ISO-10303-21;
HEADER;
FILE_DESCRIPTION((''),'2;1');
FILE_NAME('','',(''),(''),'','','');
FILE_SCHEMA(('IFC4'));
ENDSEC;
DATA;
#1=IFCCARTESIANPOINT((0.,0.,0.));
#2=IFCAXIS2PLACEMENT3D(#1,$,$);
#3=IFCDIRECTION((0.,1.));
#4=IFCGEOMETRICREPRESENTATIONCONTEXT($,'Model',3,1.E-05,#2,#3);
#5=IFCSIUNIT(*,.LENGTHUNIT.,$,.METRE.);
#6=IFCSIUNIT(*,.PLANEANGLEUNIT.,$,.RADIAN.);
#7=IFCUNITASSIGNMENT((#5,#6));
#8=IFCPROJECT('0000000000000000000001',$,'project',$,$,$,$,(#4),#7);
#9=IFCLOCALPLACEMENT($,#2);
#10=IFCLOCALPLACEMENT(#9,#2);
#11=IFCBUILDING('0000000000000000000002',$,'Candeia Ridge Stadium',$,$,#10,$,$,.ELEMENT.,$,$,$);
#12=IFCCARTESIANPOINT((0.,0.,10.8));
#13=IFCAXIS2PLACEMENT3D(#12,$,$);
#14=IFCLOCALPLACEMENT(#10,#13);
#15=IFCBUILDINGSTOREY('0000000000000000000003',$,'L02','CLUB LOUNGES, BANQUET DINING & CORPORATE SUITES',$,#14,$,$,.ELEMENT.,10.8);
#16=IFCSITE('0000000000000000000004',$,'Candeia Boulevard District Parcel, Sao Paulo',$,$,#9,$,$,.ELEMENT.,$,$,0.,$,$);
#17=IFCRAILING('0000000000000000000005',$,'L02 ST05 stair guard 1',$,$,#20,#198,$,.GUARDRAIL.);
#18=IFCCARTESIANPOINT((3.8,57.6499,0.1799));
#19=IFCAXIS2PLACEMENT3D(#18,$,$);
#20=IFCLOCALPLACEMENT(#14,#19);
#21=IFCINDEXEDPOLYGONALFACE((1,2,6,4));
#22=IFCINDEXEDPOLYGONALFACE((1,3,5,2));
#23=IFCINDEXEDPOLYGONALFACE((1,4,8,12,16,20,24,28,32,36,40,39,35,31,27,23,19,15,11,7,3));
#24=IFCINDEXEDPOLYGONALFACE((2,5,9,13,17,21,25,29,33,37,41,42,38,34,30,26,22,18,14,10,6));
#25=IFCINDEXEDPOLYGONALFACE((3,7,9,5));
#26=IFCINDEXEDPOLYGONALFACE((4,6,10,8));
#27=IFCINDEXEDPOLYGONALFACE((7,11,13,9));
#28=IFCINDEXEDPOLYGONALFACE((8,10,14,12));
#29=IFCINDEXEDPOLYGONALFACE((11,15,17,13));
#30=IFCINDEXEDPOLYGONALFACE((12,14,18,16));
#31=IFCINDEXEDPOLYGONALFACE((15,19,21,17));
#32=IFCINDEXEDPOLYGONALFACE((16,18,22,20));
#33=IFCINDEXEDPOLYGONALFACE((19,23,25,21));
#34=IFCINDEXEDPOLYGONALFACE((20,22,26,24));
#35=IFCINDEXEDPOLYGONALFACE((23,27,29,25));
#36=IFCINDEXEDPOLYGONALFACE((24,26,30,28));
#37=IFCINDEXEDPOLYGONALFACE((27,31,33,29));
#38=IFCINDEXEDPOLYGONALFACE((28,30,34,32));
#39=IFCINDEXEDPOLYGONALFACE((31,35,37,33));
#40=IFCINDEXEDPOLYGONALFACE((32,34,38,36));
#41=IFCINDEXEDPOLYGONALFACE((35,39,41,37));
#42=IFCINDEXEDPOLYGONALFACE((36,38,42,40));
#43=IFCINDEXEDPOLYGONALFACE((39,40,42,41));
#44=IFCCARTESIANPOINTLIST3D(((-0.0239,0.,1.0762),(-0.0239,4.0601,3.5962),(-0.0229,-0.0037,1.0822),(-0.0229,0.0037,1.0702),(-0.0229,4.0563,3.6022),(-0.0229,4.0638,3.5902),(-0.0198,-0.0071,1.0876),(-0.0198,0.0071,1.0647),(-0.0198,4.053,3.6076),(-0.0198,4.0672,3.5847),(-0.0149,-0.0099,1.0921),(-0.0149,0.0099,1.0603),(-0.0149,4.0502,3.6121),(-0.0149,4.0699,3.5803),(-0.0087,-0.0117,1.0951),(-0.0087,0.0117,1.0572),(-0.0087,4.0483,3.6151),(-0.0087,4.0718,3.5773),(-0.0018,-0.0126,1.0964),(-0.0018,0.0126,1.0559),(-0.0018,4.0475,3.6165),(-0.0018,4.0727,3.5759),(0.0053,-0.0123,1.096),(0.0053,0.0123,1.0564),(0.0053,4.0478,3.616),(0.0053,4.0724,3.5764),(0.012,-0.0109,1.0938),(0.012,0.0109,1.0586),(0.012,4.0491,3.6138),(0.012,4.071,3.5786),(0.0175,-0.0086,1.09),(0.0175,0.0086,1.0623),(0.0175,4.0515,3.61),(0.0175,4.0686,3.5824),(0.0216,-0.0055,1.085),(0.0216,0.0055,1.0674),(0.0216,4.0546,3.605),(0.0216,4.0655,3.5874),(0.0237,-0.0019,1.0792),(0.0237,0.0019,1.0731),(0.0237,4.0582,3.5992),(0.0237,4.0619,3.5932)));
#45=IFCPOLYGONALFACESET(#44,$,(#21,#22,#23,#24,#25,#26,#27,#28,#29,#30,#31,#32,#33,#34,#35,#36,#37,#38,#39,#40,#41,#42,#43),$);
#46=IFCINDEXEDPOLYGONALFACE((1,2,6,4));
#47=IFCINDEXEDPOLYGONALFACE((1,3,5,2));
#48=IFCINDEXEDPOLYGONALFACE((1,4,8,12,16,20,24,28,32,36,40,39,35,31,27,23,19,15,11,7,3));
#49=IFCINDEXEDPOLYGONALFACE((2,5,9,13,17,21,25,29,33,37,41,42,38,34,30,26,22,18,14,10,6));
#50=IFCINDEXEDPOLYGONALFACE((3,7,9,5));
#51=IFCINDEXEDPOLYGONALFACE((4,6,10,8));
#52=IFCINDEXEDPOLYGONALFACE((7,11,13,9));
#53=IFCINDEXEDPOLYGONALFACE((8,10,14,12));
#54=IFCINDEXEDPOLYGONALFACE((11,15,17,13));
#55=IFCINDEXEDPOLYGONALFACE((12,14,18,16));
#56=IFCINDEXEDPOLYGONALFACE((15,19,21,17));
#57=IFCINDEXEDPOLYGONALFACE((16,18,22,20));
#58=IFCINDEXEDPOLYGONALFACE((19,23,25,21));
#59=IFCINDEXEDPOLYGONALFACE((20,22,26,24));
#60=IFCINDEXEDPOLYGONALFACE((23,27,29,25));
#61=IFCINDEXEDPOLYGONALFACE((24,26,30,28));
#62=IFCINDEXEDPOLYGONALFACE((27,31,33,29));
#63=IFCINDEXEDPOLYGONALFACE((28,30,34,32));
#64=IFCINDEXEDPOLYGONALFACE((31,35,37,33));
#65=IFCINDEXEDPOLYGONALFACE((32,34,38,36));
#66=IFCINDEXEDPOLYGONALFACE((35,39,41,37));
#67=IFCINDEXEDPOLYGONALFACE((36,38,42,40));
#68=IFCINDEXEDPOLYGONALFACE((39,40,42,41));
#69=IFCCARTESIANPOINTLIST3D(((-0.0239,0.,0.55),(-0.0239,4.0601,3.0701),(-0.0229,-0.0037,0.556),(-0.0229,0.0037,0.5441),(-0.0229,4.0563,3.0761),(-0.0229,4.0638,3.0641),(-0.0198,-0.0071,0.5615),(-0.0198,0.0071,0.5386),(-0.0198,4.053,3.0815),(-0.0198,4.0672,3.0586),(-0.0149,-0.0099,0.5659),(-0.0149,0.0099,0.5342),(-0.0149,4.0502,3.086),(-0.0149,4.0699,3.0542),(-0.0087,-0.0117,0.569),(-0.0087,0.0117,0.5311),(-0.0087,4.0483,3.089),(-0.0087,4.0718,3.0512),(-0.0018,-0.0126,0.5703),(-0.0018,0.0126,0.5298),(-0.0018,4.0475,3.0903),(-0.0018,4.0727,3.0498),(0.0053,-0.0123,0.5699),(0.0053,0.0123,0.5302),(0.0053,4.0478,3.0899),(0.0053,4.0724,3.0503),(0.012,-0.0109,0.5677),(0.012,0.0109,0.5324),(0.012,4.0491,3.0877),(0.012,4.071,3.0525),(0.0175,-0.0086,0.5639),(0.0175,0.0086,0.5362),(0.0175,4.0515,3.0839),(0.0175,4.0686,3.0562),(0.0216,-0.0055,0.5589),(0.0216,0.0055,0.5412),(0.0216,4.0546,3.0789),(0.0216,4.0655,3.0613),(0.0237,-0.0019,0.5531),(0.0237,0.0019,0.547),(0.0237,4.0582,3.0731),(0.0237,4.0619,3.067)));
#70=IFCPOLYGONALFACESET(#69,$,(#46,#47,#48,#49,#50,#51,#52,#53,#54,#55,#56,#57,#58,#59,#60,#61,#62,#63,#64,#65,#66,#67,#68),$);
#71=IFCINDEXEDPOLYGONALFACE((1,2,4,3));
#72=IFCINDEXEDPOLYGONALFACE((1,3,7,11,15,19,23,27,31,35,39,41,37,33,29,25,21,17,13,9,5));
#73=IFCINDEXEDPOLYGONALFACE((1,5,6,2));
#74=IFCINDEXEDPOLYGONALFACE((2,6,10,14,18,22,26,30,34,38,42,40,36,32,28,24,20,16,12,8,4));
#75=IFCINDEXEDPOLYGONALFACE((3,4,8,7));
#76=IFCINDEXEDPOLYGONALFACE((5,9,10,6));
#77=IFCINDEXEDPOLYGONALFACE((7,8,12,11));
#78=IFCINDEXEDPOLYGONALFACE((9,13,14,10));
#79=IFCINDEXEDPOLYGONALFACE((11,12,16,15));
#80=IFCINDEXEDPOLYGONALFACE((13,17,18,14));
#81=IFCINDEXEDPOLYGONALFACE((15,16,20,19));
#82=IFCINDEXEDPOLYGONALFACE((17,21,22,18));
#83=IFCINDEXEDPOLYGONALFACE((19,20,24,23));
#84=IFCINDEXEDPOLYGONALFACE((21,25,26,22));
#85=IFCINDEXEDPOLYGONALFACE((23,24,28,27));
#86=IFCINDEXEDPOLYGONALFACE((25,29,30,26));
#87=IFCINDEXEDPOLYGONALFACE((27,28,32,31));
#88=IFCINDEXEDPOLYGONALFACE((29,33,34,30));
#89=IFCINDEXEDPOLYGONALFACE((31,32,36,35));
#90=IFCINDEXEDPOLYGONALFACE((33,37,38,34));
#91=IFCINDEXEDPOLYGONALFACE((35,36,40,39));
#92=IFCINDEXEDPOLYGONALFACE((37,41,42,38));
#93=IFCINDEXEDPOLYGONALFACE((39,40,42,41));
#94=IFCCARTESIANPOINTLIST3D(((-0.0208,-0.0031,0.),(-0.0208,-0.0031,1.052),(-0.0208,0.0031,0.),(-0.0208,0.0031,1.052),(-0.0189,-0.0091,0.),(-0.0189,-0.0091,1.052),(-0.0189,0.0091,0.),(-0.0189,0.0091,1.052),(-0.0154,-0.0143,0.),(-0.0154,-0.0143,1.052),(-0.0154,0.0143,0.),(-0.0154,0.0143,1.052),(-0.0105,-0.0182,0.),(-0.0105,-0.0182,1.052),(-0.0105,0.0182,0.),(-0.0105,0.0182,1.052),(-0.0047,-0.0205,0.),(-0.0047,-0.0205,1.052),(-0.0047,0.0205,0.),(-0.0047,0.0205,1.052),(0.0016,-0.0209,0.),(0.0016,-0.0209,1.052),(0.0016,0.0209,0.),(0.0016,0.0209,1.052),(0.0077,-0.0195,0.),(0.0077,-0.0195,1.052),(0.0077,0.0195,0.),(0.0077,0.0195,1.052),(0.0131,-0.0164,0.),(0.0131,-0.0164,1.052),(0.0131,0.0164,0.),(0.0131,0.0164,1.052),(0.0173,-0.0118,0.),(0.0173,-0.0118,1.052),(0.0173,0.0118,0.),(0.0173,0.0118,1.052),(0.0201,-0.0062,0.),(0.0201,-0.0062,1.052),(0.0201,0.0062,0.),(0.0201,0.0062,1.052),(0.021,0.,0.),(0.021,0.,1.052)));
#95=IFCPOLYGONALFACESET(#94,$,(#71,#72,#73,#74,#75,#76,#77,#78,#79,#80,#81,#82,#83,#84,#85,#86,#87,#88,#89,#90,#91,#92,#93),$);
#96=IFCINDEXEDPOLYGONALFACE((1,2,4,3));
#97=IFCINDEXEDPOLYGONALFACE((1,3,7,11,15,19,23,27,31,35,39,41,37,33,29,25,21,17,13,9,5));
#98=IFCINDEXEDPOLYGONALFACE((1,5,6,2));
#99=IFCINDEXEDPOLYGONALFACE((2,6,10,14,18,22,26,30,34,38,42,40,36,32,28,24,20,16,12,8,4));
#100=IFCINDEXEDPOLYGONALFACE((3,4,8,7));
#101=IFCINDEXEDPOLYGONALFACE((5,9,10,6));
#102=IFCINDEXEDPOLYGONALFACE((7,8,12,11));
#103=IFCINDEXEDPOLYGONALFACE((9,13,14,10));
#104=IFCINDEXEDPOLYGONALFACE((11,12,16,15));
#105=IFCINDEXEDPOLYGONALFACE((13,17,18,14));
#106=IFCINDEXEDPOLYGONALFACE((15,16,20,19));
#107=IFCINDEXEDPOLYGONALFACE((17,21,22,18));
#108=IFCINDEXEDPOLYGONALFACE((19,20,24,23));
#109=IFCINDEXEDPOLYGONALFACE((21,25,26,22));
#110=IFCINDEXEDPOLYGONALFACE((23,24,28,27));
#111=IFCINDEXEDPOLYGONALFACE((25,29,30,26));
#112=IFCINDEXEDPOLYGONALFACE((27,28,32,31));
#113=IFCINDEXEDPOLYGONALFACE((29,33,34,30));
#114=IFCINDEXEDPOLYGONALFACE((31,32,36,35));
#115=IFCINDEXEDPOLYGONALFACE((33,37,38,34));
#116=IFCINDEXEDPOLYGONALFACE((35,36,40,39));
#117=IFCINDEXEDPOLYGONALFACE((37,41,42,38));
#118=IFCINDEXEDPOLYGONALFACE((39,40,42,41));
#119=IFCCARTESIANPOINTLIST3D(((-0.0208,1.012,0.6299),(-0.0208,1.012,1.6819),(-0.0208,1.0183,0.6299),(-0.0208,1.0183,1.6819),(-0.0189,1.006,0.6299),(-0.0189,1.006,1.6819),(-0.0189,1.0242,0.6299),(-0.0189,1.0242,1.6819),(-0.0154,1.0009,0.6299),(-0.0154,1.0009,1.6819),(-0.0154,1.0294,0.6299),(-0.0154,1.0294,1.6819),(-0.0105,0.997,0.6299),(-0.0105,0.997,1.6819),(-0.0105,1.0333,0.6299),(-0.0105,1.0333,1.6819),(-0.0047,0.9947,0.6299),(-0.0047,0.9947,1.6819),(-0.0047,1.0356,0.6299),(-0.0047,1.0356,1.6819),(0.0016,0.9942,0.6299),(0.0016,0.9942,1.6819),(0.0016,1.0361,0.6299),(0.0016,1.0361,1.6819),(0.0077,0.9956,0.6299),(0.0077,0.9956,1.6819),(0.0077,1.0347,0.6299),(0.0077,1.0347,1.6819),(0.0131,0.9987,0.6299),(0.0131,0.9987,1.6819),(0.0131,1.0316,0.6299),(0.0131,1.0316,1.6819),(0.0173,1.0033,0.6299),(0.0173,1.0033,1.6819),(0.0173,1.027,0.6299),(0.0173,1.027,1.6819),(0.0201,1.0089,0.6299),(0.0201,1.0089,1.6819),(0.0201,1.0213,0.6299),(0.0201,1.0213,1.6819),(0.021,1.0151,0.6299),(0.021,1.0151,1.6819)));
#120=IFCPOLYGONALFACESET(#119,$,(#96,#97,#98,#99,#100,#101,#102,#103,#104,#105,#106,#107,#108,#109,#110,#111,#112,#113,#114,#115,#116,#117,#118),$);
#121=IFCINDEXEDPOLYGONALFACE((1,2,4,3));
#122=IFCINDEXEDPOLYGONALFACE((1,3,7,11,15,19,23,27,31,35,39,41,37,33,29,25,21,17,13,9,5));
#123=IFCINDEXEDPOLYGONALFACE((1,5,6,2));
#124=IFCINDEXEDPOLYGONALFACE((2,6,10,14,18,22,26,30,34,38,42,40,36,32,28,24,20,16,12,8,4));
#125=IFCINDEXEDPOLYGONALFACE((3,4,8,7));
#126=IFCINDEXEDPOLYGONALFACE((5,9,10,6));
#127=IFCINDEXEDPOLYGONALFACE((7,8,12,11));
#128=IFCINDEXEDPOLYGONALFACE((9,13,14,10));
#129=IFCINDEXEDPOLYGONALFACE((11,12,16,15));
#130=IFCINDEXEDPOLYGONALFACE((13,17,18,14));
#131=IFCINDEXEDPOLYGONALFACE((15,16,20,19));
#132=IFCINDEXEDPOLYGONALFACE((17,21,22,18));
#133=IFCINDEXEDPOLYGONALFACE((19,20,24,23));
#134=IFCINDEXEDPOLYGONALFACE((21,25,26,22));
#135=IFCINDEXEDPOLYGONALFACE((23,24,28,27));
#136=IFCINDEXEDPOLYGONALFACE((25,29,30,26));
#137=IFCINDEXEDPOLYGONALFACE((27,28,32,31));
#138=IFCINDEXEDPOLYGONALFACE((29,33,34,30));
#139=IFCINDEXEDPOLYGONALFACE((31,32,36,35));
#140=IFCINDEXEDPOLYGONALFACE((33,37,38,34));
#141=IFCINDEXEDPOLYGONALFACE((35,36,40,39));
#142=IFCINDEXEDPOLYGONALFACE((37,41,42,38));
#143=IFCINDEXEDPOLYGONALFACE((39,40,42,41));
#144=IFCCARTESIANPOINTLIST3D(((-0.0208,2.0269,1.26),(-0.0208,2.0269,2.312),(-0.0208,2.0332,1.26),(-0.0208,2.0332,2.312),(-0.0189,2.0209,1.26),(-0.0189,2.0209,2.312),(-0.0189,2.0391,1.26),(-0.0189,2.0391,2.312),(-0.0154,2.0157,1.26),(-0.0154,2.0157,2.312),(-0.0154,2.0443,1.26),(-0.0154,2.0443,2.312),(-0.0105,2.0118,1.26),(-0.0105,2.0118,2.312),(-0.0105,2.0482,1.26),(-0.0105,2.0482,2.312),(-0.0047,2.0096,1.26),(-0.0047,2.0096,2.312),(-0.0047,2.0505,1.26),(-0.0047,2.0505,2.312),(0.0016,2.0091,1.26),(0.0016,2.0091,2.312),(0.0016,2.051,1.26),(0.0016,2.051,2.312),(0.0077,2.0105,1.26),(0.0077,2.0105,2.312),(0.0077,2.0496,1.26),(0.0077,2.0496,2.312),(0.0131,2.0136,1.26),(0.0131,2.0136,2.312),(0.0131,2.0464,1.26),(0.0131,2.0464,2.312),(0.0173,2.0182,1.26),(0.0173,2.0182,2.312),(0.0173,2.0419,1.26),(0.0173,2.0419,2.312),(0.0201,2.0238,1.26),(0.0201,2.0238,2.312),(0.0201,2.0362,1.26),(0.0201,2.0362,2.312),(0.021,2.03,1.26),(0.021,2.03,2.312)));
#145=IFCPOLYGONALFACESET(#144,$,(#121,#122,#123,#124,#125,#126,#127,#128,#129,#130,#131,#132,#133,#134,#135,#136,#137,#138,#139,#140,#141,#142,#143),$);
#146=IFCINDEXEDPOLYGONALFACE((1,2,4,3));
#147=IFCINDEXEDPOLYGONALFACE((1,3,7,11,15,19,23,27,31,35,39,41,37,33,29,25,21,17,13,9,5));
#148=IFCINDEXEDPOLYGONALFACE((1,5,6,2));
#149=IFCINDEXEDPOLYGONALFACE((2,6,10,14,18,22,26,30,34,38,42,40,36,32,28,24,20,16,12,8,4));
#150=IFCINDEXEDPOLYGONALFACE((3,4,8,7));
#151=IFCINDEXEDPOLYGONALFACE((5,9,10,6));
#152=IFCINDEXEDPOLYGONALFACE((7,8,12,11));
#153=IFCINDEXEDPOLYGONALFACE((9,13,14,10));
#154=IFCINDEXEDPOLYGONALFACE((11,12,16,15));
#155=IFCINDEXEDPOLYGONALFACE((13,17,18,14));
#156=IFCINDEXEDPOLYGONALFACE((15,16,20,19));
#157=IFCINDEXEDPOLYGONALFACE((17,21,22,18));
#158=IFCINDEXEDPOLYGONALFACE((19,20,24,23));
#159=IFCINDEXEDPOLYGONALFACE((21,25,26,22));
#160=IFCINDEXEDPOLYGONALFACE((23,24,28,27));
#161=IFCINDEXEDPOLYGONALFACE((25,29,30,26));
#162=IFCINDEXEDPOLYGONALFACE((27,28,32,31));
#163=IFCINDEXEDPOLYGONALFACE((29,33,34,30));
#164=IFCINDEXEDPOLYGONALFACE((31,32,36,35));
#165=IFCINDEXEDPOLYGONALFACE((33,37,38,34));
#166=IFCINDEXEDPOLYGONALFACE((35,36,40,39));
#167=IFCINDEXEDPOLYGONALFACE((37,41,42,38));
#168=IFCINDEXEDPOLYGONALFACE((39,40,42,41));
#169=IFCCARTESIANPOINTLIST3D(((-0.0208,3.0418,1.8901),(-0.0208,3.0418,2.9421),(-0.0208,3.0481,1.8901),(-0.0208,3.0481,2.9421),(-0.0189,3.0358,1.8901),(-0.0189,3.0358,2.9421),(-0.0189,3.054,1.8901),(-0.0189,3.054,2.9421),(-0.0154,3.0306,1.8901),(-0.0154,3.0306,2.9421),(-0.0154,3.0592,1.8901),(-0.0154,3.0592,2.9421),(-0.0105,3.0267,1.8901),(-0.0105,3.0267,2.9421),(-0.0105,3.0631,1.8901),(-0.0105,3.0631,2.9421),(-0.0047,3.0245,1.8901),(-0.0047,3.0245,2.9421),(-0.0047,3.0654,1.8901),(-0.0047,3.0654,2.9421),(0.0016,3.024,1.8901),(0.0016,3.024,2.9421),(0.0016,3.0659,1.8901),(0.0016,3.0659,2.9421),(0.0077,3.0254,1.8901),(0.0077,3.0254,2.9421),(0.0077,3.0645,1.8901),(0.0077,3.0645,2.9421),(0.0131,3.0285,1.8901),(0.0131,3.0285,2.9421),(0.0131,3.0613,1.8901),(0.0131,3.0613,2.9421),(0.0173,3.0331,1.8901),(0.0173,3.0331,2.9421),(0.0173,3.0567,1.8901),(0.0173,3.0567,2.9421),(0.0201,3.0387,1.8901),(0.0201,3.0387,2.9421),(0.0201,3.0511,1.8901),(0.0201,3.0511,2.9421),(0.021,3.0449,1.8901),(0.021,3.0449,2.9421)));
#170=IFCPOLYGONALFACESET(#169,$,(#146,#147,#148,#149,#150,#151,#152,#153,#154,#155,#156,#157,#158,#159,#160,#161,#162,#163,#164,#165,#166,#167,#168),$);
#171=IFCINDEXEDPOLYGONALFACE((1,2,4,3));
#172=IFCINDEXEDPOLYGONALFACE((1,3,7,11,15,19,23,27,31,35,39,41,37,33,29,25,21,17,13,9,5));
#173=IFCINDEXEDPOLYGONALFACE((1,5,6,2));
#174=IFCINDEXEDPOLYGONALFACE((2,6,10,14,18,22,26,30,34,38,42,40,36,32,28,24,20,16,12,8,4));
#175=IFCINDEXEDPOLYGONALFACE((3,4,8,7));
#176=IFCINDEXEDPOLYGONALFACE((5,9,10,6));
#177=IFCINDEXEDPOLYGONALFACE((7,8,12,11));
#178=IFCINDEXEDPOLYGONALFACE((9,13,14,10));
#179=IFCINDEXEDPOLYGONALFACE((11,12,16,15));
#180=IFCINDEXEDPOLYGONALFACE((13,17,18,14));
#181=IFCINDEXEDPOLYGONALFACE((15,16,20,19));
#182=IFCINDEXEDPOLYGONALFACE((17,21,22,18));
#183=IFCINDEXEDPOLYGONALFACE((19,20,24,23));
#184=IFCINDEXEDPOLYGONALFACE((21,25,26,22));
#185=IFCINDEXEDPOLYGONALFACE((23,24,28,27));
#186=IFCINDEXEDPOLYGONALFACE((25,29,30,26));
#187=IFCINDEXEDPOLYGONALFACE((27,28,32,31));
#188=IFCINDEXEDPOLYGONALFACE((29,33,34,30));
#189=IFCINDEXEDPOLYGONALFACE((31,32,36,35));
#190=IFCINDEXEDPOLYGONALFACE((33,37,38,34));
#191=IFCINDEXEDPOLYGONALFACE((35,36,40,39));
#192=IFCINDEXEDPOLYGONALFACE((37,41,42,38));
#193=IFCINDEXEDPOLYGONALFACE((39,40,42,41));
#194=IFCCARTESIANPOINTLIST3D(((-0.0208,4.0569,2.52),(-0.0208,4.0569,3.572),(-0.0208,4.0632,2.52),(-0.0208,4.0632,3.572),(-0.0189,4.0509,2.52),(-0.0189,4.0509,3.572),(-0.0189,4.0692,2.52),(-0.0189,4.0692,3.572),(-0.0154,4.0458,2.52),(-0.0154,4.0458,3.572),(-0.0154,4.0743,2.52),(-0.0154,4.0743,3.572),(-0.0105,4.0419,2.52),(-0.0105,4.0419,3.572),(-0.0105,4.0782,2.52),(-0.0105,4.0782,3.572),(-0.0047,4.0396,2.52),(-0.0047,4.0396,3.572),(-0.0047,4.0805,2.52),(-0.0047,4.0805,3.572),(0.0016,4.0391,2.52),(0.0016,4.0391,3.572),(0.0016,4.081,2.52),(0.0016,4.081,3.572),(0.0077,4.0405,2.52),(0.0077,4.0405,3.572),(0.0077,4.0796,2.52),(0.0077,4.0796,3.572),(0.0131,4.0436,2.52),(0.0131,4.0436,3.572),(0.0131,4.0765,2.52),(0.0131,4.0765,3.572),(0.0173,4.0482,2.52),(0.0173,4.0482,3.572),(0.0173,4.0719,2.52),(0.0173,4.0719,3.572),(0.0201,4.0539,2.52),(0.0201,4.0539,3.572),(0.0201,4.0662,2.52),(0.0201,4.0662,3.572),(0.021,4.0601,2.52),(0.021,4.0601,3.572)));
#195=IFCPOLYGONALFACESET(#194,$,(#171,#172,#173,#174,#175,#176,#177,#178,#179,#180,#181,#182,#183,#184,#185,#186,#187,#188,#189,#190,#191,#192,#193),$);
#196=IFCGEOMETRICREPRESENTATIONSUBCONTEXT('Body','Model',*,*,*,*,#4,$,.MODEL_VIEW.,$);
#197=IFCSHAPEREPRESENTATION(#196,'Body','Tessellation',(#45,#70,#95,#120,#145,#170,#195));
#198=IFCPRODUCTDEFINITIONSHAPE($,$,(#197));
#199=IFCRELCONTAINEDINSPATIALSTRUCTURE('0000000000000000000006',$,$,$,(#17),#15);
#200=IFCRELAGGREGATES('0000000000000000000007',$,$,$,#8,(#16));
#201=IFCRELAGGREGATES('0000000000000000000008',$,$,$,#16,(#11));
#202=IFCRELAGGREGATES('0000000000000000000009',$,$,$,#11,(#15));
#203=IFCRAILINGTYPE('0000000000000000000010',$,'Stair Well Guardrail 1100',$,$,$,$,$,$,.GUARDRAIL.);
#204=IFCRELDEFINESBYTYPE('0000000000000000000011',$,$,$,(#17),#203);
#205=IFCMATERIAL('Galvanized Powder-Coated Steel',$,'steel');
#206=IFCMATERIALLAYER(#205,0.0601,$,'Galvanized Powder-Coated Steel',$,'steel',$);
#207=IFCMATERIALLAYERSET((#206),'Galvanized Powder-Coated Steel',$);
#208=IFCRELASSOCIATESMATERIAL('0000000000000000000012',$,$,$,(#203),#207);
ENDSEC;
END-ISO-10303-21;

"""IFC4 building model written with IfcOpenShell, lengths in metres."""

from ifc_helpers import new_model, si_unit, direction, frame, origin, origin_2d, place, context, subcontext, project, spatial, circle, extrude, material, layer, layer_set, type_object, element, save


model = new_model("IFC4")

# Units and contexts
model_context = context("Model", 3, precision=1e-05, world=origin(), true_north=direction((0.0, 1.0)))
body_context = subcontext(model_context, "Body", "Model", "MODEL_VIEW")
ifc_project = project(units=[si_unit("LENGTHUNIT", "METRE"), si_unit("PLANEANGLEUNIT", "RADIAN")], contexts=[model_context])

# Site, building, storey
site_placement = place(None, origin())
site = spatial("IfcSite", under=ifc_project, at=site_placement, Name="Candeia Boulevard District Parcel, Sao Paulo", CompositionType="ELEMENT", RefElevation=0.0)
building_placement = place(site_placement, origin())
building = spatial("IfcBuilding", under=site, at=building_placement, Name="Candeia Ridge Stadium", CompositionType="ELEMENT")
storey_placement = place(building_placement, frame((0.0, 0.0, 10.8)))
storey = spatial("IfcBuildingStorey", under=building, at=storey_placement, Name="L02", Description="CLUB LOUNGES, BANQUET DINING & CORPORATE SUITES", CompositionType="ELEMENT", Elevation=10.8)

# Railing
ifc_material_1 = material(Name="Galvanized Powder-Coated Steel", Category="steel")
ifc_layer_1 = layer(ifc_material_1, 0.0601, Name="Galvanized Powder-Coated Steel", Category="steel")
ifc_layer_set_1 = layer_set([ifc_layer_1], Name="Galvanized Powder-Coated Steel")
railing_type_1 = type_object("IfcRailingType", Name="Stair Well Guardrail 1100", PredefinedType="GUARDRAIL", material=ifc_layer_set_1)
railing_1_placement = place(storey_placement, frame((3.8, 57.6499, 0.1799)))
element("IfcRailing", 1, at=railing_1_placement, inside=storey, type_object=railing_type_1, Name="L02 ST05 stair guard 1", PredefinedType="GUARDRAIL", context=body_context, shape_type="SweptSolid", body=[
    extrude(circle(Radius=0.0239, at=origin_2d()), frame((0.0, 0.0, 1.0762), z_axis=(0.0, 0.849642, 0.52736), x_axis=(-1.0, 0.0, 0.0)), (0.0, 0.0, 1.0), 4.7786),
    extrude(circle(Radius=0.0239, at=origin_2d()), frame((0.0, 0.0, 0.55), z_axis=(0.0, 0.849642, 0.52736), x_axis=(-1.0, 0.0, 0.0)), (0.0, 0.0, 1.0), 4.7786),
    extrude(circle(Radius=0.021, at=origin_2d()), origin(), (0.0, 0.0, 1.0), 1.052),
    extrude(circle(Radius=0.021, at=origin_2d()), frame((0.0, 1.0151, 0.6299)), (0.0, 0.0, 1.0), 1.052),
    extrude(circle(Radius=0.021, at=origin_2d()), frame((0.0, 2.03, 1.26)), (0.0, 0.0, 1.0), 1.052),
    extrude(circle(Radius=0.021, at=origin_2d()), frame((0.0, 3.0449, 1.8901)), (0.0, 0.0, 1.0), 1.052),
    extrude(circle(Radius=0.021, at=origin_2d()), frame((0.0, 4.0601, 2.52)), (0.0, 0.0, 1.0), 1.052),
])

save(model, "model.ifc")
